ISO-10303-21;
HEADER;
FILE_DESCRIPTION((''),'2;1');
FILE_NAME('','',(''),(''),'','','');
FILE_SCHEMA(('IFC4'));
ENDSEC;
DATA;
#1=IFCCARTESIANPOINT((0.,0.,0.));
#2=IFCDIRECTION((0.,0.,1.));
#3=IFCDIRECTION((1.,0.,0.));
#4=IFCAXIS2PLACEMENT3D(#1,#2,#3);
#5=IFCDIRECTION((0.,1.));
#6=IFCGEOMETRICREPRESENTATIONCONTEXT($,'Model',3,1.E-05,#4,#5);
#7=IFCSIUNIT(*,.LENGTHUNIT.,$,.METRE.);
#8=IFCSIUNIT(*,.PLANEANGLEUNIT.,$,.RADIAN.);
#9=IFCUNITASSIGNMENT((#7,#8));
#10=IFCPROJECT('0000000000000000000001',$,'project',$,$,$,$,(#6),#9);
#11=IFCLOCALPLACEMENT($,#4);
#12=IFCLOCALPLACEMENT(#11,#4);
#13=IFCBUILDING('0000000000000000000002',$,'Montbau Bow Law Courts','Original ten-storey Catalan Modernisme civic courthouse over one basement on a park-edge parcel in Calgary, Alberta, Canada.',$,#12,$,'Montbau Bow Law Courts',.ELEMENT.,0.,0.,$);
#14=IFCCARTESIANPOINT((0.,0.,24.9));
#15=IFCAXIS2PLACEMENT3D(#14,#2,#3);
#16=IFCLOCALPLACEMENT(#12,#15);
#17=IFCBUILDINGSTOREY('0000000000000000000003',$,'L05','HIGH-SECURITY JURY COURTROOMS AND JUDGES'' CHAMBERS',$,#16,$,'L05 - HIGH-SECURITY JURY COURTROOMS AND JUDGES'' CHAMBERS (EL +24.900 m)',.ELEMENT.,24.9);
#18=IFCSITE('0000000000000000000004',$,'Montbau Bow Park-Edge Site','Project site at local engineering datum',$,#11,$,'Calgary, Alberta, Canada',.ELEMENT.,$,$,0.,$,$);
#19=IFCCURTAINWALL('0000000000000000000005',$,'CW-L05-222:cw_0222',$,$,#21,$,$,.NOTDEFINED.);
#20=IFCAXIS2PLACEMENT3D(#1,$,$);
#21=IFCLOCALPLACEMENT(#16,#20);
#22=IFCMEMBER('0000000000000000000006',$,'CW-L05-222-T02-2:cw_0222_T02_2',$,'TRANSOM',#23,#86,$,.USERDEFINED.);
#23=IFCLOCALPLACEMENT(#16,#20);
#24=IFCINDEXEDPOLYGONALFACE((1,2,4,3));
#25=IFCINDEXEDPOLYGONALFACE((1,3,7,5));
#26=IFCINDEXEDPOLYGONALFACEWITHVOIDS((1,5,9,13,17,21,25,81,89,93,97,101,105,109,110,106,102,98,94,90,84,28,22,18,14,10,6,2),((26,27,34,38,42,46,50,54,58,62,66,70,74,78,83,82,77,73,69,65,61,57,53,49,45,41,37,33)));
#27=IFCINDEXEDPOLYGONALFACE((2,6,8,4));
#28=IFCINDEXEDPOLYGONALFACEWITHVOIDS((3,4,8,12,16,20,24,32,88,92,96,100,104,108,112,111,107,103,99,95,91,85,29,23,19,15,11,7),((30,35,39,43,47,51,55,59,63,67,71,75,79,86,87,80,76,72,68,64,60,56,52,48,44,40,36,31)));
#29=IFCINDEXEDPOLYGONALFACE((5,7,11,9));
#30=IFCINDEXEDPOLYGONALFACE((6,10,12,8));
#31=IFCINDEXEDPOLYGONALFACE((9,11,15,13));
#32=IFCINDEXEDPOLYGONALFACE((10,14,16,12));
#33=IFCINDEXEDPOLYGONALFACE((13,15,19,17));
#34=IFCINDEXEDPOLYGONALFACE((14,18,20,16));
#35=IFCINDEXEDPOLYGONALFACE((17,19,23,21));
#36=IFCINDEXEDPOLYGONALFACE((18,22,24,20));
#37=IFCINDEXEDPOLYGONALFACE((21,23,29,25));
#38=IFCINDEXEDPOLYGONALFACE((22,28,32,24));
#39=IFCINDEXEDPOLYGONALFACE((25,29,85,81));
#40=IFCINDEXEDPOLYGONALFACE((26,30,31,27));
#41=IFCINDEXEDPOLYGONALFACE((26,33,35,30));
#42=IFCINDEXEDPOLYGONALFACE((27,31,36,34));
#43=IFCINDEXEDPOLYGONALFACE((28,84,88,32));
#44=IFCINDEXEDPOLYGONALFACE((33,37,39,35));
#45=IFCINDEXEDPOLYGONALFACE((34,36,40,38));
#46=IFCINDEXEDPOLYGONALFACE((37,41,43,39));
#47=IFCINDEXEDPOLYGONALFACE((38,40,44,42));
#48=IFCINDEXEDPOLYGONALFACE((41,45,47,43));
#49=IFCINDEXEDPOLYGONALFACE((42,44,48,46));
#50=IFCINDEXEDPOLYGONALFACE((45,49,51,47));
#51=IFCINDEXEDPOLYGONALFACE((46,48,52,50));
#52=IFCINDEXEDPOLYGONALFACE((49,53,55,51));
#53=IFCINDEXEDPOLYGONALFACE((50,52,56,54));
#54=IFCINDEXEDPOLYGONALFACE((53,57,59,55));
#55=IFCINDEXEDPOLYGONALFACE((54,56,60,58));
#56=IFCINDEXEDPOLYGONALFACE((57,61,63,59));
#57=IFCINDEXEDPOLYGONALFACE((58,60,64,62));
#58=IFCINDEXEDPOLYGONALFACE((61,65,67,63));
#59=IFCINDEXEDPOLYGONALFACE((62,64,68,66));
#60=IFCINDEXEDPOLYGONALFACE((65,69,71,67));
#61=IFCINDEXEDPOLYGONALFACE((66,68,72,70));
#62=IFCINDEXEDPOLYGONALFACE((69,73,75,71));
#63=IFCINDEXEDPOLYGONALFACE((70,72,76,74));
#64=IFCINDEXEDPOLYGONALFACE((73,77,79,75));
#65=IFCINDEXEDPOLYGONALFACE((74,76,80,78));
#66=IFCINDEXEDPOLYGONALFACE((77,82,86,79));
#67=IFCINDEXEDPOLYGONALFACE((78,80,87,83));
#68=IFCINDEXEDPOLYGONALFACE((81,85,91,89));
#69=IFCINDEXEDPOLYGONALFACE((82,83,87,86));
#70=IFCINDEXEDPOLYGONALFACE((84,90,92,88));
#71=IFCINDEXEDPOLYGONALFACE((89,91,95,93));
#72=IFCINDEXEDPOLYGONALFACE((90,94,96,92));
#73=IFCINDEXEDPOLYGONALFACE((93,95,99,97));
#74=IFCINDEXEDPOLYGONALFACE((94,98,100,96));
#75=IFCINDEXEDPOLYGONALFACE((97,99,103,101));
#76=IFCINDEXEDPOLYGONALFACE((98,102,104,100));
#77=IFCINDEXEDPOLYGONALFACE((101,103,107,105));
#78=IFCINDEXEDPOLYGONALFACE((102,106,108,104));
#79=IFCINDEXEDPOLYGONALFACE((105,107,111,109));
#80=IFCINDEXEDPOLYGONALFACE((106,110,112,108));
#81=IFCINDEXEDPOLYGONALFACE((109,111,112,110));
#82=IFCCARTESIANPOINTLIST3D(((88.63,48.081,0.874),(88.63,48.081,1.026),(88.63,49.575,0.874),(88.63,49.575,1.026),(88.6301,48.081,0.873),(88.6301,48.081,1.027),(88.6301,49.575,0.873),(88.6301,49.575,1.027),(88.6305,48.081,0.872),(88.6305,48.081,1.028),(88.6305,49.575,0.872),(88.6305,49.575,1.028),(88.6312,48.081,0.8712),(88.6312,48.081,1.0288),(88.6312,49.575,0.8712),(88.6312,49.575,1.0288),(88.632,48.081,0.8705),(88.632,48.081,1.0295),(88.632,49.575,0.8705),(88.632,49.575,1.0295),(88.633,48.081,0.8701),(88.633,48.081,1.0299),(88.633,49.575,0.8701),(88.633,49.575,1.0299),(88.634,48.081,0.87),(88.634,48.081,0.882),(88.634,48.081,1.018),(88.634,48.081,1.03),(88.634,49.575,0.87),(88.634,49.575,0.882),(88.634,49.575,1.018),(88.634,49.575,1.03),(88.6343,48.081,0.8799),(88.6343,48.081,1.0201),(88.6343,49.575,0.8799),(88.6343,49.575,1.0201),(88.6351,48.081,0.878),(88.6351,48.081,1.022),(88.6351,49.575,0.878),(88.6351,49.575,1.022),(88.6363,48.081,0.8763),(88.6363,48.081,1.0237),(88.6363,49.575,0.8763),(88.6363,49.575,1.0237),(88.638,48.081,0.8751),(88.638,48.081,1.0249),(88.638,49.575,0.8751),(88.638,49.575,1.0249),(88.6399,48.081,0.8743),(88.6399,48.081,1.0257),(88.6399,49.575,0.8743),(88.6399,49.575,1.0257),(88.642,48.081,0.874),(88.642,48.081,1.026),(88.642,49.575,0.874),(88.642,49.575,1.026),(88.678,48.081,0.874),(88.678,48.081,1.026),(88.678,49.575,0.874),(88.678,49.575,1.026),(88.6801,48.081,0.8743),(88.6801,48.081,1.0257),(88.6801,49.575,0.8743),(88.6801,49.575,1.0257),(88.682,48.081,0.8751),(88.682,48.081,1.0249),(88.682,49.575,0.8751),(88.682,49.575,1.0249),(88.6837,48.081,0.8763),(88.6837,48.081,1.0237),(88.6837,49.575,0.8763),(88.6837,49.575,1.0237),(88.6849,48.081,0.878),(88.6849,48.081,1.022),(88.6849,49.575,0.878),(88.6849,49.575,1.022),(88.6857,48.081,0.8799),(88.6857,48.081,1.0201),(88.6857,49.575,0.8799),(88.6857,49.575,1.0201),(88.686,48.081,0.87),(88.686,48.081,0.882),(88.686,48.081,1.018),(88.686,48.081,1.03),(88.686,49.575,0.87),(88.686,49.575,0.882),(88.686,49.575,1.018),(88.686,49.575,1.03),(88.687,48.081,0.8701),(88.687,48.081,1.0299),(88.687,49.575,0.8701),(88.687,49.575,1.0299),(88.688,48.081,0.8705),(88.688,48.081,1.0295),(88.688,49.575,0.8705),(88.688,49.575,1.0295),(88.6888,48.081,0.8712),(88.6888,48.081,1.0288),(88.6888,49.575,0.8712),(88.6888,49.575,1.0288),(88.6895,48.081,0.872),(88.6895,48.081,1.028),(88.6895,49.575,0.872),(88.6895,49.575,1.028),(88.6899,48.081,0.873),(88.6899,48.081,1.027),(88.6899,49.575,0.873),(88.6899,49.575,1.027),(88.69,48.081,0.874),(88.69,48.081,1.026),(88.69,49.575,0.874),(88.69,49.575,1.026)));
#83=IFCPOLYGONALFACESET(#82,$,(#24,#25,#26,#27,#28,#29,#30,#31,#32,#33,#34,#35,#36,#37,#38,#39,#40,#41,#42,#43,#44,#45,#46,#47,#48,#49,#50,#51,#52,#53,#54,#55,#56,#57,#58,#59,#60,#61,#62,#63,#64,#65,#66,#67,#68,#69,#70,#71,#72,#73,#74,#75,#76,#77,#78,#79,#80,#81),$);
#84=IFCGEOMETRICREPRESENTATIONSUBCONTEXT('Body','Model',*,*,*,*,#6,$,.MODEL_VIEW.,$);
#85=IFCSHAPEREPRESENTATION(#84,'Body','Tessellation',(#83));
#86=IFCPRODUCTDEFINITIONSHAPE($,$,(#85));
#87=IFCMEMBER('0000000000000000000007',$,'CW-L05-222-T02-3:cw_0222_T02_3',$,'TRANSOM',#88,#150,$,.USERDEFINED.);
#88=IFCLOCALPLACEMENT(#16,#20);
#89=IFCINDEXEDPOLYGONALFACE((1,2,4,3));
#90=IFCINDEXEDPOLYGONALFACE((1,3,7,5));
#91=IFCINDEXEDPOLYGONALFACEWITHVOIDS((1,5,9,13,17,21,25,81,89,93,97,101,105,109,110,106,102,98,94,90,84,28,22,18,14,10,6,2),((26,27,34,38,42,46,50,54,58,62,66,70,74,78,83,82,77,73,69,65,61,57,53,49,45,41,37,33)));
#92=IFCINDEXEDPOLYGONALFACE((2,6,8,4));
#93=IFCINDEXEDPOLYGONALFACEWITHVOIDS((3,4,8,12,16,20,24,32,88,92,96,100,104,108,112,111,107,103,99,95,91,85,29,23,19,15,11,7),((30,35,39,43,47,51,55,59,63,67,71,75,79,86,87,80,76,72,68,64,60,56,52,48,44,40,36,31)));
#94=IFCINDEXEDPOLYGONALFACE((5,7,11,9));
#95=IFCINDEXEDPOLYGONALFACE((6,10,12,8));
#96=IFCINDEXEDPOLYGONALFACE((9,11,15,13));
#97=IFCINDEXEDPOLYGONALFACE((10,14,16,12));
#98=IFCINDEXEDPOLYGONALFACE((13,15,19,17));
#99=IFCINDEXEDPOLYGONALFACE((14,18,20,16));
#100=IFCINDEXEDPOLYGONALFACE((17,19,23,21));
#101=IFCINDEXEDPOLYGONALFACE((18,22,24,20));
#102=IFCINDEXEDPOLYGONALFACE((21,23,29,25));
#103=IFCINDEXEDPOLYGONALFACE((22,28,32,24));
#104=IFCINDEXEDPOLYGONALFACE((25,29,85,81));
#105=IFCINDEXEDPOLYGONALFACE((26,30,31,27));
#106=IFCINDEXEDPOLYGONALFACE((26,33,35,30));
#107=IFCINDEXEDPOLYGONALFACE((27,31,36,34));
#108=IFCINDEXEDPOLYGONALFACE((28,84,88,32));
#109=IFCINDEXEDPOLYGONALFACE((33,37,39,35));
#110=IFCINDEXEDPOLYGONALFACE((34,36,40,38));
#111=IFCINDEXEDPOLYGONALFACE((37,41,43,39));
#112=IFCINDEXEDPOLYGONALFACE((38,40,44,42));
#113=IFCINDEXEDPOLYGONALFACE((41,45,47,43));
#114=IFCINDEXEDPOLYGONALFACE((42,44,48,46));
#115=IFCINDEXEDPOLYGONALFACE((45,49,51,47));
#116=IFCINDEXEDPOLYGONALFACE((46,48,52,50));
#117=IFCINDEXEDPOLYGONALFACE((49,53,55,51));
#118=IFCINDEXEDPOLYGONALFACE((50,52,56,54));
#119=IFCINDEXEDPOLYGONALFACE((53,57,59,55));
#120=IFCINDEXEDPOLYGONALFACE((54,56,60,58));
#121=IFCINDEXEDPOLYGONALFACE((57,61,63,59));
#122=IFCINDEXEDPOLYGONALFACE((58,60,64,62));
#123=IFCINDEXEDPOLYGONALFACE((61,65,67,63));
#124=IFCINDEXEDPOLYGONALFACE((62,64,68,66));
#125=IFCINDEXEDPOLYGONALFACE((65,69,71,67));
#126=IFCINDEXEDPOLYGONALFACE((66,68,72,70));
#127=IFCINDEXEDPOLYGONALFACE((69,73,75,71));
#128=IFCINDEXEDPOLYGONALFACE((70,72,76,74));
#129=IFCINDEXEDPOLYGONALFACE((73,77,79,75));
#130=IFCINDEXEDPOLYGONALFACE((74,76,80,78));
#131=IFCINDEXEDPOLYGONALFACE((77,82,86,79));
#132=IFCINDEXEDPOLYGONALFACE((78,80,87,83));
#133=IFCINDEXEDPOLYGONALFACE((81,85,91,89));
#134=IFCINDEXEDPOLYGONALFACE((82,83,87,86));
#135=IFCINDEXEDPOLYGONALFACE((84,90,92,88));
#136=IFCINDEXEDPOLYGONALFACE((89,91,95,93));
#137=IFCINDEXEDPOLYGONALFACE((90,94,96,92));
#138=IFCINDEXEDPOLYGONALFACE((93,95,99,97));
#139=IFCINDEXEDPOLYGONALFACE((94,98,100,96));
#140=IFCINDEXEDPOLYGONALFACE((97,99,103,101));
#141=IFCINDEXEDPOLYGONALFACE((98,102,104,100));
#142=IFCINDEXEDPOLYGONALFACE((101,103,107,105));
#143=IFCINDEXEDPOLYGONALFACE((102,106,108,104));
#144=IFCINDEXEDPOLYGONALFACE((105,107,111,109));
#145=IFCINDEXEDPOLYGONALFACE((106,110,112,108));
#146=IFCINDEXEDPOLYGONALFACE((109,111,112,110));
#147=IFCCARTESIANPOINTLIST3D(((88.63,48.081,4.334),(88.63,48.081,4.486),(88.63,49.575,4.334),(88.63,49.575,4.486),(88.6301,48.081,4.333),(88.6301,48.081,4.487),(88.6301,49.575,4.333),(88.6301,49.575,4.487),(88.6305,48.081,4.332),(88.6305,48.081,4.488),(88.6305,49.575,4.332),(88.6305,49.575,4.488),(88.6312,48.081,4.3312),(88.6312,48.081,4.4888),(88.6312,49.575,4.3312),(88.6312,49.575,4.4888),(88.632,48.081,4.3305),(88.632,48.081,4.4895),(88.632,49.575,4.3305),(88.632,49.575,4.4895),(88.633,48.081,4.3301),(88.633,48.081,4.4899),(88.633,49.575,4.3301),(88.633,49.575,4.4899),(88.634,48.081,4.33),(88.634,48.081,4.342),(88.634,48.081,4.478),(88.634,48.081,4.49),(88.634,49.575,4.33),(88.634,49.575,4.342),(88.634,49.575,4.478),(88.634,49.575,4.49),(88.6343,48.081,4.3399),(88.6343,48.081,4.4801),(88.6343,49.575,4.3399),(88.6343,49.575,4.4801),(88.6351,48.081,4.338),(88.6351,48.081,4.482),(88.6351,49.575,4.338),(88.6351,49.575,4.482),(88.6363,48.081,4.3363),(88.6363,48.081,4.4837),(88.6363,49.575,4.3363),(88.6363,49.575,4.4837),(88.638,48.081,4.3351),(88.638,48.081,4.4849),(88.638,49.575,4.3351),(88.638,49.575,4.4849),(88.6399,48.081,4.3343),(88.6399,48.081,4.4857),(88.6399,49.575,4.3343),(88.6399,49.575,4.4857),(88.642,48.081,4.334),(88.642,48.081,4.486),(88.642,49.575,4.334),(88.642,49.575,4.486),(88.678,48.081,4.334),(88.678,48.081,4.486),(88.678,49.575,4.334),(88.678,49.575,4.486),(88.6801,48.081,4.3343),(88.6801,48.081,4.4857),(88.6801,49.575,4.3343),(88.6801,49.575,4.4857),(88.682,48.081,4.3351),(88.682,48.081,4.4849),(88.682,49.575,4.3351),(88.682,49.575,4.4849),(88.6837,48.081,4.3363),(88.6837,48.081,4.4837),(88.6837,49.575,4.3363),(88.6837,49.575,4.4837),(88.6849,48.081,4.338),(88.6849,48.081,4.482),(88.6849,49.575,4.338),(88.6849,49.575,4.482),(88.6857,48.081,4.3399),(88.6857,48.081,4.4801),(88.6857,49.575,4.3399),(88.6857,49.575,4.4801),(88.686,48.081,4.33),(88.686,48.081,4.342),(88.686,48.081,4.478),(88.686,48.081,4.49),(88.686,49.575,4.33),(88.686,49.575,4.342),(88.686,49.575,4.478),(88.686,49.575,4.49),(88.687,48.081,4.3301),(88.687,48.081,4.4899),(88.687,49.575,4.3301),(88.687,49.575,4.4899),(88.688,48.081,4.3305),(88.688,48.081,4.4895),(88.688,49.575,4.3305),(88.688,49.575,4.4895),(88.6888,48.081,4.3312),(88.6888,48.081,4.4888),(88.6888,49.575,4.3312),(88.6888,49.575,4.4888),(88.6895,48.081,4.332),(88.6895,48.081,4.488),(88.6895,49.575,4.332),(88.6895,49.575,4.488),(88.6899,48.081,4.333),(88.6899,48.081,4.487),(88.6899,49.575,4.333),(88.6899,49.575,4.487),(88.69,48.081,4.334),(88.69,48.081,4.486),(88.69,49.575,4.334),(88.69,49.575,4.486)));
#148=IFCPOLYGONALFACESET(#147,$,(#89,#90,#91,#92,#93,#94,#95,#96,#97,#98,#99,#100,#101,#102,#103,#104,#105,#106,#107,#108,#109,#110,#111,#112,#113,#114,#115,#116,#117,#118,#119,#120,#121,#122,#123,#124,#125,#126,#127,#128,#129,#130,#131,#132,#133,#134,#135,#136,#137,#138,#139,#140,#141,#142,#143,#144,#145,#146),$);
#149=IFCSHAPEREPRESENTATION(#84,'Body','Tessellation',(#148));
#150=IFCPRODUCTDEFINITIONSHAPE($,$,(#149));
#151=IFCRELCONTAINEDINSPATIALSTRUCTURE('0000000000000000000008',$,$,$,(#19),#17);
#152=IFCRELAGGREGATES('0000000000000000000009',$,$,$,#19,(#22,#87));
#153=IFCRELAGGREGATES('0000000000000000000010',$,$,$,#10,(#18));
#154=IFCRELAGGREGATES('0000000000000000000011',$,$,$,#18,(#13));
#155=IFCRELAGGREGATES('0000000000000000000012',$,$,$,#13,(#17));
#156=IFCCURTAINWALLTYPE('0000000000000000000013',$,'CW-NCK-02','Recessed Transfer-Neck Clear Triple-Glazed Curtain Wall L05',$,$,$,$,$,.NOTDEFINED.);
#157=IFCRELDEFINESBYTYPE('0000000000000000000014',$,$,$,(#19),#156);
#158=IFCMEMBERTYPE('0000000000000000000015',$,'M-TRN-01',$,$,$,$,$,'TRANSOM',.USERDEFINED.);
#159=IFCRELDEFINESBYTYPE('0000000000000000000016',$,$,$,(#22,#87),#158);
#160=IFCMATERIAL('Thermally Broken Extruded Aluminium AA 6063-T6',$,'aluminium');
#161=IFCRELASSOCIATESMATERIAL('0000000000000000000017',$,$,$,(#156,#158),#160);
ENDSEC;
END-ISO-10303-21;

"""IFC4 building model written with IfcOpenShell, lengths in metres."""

from ifc_helpers import new_model, si_unit, direction, frame, origin_with_axes, origin_2d_with_axis, place, context, subcontext, project, spatial, hollow_rectangle, extrude, material, material_profile, profile_set, type_object, element, aggregate, save


model = new_model("IFC4")

# Units and contexts
model_context = context("Model", 3, precision=1e-05, world=origin_with_axes(), true_north=direction((0.0, 1.0)))
body_context = subcontext(model_context, "Body", "Model", "MODEL_VIEW")
ifc_project = project(units=[si_unit("LENGTHUNIT", "METRE"), si_unit("PLANEANGLEUNIT", "RADIAN")], contexts=[model_context])

# Site, building, storey
site_placement = place(None, origin_with_axes())
site = spatial("IfcSite", under=ifc_project, at=site_placement, Name="Montbau Bow Park-Edge Site", Description="Project site at local engineering datum", LongName="Calgary, Alberta, Canada", CompositionType="ELEMENT", RefElevation=0.0)
building_placement = place(site_placement, origin_with_axes())
building = spatial("IfcBuilding", under=site, at=building_placement, Name="Montbau Bow Law Courts", Description="Original ten-storey Catalan Modernisme civic courthouse over one basement on a park-edge parcel in Calgary, Alberta, Canada.", LongName="Montbau Bow Law Courts", CompositionType="ELEMENT", ElevationOfRefHeight=0.0, ElevationOfTerrain=0.0)
storey_placement = place(building_placement, frame((0.0, 0.0, 24.9), z_axis=(0.0, 0.0, 1.0), x_axis=(1.0, 0.0, 0.0)))
storey = spatial("IfcBuildingStorey", under=building, at=storey_placement, Name="L05", Description="HIGH-SECURITY JURY COURTROOMS AND JUDGES' CHAMBERS", LongName="L05 - HIGH-SECURITY JURY COURTROOMS AND JUDGES' CHAMBERS (EL +24.900 m)", CompositionType="ELEMENT", Elevation=24.9)

# Curtain wall
ifc_material_1 = material(Name="Thermally Broken Extruded Aluminium AA 6063-T6", Category="aluminium")
curtain_wall_type = type_object("IfcCurtainWallType", Name="CW-NCK-02", Description="Recessed Transfer-Neck Clear Triple-Glazed Curtain Wall L05", PredefinedType="NOTDEFINED", material=ifc_material_1)
curtain_wall_1_placement = place(None, frame((88.66, 46.468, 24.9), z_axis=(0.0, 0.0, 1.0), x_axis=(1.0, 0.0, 0.0)))
curtain_wall_1 = element("IfcCurtainWall", 1, at=curtain_wall_1_placement, inside=storey, type_object=curtain_wall_type, Name="CW-L05-222:cw_0222", PredefinedType="NOTDEFINED")

# Members
ifc_material_profile_1 = material_profile(ifc_material_1, hollow_rectangle(XDim=0.06, YDim=0.16, WallThickness=0.004, InnerFilletRadius=0.008, OuterFilletRadius=0.004, at=origin_2d_with_axis()), Name="CWT-160X60", Category="Main", Priority=0)
ifc_profile_set_1 = profile_set([ifc_material_profile_1], Name="Thermally Broken Extruded Aluminium AA 6063-T6")
member_type_1 = type_object("IfcMemberType", Name="M-TRN-01", ElementType="TRANSOM", PredefinedType="USERDEFINED", material=ifc_profile_set_1)
member_1_placement = place(None, frame((88.66, 48.081, 25.85), z_axis=(0.0, 1.0, 0.0), x_axis=(-1.0, 0.0, 0.0)))
member_1 = element("IfcMember", 2, at=member_1_placement, type_object=member_type_1, Name="CW-L05-222-T02-2:cw_0222_T02_2", ObjectType="TRANSOM", PredefinedType="USERDEFINED", context=body_context, shape_type="SweptSolid", body=[
    extrude(hollow_rectangle(XDim=0.06, YDim=0.16, WallThickness=0.004, InnerFilletRadius=0.008, OuterFilletRadius=0.004, at=origin_2d_with_axis()), origin_with_axes(), (0.0, 0.0, 1.0), 1.494),
])
member_2_placement = place(None, frame((88.66, 48.081, 29.31), z_axis=(0.0, 1.0, 0.0), x_axis=(-1.0, 0.0, 0.0)))
member_2 = element("IfcMember", 3, at=member_2_placement, type_object=member_type_1, Name="CW-L05-222-T02-3:cw_0222_T02_3", ObjectType="TRANSOM", PredefinedType="USERDEFINED", context=body_context, shape_type="SweptSolid", body=[
    extrude(hollow_rectangle(XDim=0.06, YDim=0.16, WallThickness=0.004, InnerFilletRadius=0.008, OuterFilletRadius=0.004, at=origin_2d_with_axis()), origin_with_axes(), (0.0, 0.0, 1.0), 1.494),
])

aggregate(curtain_wall_1, [member_1, member_2])

save(model, "model.ifc")
